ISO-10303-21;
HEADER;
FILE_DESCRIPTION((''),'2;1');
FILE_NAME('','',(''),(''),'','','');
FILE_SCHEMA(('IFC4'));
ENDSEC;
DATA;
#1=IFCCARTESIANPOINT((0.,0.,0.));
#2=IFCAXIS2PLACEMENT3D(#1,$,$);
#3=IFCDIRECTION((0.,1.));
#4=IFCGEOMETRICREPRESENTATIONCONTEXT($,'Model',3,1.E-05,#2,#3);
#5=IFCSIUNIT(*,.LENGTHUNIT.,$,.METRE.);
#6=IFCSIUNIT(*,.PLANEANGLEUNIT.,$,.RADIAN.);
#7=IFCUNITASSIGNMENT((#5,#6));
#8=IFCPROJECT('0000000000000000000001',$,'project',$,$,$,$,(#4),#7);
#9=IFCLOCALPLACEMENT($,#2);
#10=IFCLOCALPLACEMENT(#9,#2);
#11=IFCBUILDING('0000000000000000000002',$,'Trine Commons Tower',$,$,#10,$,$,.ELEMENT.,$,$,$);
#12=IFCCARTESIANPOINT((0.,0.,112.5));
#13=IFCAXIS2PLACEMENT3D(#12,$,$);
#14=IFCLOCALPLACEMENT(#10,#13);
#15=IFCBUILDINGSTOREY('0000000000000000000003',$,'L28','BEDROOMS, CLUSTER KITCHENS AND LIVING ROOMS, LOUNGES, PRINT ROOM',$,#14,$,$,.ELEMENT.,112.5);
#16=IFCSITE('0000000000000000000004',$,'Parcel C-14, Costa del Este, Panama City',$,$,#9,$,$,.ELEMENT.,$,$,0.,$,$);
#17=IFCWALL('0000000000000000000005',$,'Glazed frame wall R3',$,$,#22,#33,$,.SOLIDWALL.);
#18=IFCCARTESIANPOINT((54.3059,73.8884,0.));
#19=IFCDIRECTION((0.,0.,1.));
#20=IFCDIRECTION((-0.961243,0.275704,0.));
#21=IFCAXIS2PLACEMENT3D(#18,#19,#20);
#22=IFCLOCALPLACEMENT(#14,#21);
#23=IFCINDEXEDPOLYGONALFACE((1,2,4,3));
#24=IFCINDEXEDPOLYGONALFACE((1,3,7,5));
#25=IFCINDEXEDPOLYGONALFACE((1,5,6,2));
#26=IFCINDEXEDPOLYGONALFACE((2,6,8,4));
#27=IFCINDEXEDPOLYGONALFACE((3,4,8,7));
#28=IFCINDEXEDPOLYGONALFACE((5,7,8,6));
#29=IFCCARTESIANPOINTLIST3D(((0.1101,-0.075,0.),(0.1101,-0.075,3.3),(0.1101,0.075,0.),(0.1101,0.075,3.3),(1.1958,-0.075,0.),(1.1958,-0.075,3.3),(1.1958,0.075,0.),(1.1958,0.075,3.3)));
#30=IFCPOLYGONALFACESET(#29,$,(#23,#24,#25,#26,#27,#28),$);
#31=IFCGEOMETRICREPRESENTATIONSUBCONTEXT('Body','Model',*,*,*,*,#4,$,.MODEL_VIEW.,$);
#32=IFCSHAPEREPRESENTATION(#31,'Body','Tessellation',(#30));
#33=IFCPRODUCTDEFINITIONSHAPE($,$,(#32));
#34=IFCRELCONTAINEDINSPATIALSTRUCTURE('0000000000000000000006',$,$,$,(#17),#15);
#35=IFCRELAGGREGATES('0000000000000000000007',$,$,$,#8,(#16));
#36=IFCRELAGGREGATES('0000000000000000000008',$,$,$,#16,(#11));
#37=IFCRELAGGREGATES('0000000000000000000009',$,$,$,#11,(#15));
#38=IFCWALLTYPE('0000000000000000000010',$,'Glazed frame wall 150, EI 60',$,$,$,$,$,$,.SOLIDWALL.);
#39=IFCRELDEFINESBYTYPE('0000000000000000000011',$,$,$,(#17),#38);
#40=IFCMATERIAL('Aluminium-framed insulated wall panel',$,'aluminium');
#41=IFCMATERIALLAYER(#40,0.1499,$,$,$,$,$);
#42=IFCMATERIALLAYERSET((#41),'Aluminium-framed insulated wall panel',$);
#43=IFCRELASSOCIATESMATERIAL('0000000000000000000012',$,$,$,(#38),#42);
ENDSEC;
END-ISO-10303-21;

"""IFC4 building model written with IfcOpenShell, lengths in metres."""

from ifc_helpers import new_model, si_unit, direction, frame, origin, place, context, subcontext, project, spatial, polyline, outline, extrude, material, layer, layer_set, type_object, element, save


model = new_model("IFC4")

# Units and contexts
model_context = context("Model", 3, precision=1e-05, world=origin(), true_north=direction((0.0, 1.0)))
body_context = subcontext(model_context, "Body", "Model", "MODEL_VIEW")
ifc_project = project(units=[si_unit("LENGTHUNIT", "METRE"), si_unit("PLANEANGLEUNIT", "RADIAN")], contexts=[model_context])

# Site, building, storey
site_placement = place(None, origin())
site = spatial("IfcSite", under=ifc_project, at=site_placement, Name="Parcel C-14, Costa del Este, Panama City", CompositionType="ELEMENT", RefElevation=0.0)
building_placement = place(site_placement, origin())
building = spatial("IfcBuilding", under=site, at=building_placement, Name="Trine Commons Tower", CompositionType="ELEMENT")
storey_placement = place(building_placement, frame((0.0, 0.0, 112.5)))
storey = spatial("IfcBuildingStorey", under=building, at=storey_placement, Name="L28", Description="BEDROOMS, CLUSTER KITCHENS AND LIVING ROOMS, LOUNGES, PRINT ROOM", CompositionType="ELEMENT", Elevation=112.5)

# Shared definitions
ifc_material_1 = material(Name="Aluminium-framed insulated wall panel", Category="aluminium")
ifc_layer_1 = layer(ifc_material_1, 0.1499)
ifc_layer_set_1 = layer_set([ifc_layer_1], Name="Aluminium-framed insulated wall panel")
wall_type_1 = type_object("IfcWallType", Name="Glazed frame wall 150, EI 60", PredefinedType="SOLIDWALL", material=ifc_layer_set_1)

# Wall
wall_1_placement = place(storey_placement, frame((54.3059, 73.8884, 0.0), z_axis=(0.0, 0.0, 1.0), x_axis=(-0.961243, 0.275704, 0.0)))
element("IfcWall", 1, at=wall_1_placement, inside=storey, type_object=wall_type_1, Name="Glazed frame wall R3", PredefinedType="SOLIDWALL", context=body_context, shape_type="SweptSolid", body=[
    extrude(outline(polyline([(0.1101, 0.075), (0.1101, -0.075), (1.1958, -0.075), (1.1958, 0.075), (0.1101, 0.075)])), origin(), (0.0, 0.0, 1.0), 3.3),
])

save(model, "model.ifc")
